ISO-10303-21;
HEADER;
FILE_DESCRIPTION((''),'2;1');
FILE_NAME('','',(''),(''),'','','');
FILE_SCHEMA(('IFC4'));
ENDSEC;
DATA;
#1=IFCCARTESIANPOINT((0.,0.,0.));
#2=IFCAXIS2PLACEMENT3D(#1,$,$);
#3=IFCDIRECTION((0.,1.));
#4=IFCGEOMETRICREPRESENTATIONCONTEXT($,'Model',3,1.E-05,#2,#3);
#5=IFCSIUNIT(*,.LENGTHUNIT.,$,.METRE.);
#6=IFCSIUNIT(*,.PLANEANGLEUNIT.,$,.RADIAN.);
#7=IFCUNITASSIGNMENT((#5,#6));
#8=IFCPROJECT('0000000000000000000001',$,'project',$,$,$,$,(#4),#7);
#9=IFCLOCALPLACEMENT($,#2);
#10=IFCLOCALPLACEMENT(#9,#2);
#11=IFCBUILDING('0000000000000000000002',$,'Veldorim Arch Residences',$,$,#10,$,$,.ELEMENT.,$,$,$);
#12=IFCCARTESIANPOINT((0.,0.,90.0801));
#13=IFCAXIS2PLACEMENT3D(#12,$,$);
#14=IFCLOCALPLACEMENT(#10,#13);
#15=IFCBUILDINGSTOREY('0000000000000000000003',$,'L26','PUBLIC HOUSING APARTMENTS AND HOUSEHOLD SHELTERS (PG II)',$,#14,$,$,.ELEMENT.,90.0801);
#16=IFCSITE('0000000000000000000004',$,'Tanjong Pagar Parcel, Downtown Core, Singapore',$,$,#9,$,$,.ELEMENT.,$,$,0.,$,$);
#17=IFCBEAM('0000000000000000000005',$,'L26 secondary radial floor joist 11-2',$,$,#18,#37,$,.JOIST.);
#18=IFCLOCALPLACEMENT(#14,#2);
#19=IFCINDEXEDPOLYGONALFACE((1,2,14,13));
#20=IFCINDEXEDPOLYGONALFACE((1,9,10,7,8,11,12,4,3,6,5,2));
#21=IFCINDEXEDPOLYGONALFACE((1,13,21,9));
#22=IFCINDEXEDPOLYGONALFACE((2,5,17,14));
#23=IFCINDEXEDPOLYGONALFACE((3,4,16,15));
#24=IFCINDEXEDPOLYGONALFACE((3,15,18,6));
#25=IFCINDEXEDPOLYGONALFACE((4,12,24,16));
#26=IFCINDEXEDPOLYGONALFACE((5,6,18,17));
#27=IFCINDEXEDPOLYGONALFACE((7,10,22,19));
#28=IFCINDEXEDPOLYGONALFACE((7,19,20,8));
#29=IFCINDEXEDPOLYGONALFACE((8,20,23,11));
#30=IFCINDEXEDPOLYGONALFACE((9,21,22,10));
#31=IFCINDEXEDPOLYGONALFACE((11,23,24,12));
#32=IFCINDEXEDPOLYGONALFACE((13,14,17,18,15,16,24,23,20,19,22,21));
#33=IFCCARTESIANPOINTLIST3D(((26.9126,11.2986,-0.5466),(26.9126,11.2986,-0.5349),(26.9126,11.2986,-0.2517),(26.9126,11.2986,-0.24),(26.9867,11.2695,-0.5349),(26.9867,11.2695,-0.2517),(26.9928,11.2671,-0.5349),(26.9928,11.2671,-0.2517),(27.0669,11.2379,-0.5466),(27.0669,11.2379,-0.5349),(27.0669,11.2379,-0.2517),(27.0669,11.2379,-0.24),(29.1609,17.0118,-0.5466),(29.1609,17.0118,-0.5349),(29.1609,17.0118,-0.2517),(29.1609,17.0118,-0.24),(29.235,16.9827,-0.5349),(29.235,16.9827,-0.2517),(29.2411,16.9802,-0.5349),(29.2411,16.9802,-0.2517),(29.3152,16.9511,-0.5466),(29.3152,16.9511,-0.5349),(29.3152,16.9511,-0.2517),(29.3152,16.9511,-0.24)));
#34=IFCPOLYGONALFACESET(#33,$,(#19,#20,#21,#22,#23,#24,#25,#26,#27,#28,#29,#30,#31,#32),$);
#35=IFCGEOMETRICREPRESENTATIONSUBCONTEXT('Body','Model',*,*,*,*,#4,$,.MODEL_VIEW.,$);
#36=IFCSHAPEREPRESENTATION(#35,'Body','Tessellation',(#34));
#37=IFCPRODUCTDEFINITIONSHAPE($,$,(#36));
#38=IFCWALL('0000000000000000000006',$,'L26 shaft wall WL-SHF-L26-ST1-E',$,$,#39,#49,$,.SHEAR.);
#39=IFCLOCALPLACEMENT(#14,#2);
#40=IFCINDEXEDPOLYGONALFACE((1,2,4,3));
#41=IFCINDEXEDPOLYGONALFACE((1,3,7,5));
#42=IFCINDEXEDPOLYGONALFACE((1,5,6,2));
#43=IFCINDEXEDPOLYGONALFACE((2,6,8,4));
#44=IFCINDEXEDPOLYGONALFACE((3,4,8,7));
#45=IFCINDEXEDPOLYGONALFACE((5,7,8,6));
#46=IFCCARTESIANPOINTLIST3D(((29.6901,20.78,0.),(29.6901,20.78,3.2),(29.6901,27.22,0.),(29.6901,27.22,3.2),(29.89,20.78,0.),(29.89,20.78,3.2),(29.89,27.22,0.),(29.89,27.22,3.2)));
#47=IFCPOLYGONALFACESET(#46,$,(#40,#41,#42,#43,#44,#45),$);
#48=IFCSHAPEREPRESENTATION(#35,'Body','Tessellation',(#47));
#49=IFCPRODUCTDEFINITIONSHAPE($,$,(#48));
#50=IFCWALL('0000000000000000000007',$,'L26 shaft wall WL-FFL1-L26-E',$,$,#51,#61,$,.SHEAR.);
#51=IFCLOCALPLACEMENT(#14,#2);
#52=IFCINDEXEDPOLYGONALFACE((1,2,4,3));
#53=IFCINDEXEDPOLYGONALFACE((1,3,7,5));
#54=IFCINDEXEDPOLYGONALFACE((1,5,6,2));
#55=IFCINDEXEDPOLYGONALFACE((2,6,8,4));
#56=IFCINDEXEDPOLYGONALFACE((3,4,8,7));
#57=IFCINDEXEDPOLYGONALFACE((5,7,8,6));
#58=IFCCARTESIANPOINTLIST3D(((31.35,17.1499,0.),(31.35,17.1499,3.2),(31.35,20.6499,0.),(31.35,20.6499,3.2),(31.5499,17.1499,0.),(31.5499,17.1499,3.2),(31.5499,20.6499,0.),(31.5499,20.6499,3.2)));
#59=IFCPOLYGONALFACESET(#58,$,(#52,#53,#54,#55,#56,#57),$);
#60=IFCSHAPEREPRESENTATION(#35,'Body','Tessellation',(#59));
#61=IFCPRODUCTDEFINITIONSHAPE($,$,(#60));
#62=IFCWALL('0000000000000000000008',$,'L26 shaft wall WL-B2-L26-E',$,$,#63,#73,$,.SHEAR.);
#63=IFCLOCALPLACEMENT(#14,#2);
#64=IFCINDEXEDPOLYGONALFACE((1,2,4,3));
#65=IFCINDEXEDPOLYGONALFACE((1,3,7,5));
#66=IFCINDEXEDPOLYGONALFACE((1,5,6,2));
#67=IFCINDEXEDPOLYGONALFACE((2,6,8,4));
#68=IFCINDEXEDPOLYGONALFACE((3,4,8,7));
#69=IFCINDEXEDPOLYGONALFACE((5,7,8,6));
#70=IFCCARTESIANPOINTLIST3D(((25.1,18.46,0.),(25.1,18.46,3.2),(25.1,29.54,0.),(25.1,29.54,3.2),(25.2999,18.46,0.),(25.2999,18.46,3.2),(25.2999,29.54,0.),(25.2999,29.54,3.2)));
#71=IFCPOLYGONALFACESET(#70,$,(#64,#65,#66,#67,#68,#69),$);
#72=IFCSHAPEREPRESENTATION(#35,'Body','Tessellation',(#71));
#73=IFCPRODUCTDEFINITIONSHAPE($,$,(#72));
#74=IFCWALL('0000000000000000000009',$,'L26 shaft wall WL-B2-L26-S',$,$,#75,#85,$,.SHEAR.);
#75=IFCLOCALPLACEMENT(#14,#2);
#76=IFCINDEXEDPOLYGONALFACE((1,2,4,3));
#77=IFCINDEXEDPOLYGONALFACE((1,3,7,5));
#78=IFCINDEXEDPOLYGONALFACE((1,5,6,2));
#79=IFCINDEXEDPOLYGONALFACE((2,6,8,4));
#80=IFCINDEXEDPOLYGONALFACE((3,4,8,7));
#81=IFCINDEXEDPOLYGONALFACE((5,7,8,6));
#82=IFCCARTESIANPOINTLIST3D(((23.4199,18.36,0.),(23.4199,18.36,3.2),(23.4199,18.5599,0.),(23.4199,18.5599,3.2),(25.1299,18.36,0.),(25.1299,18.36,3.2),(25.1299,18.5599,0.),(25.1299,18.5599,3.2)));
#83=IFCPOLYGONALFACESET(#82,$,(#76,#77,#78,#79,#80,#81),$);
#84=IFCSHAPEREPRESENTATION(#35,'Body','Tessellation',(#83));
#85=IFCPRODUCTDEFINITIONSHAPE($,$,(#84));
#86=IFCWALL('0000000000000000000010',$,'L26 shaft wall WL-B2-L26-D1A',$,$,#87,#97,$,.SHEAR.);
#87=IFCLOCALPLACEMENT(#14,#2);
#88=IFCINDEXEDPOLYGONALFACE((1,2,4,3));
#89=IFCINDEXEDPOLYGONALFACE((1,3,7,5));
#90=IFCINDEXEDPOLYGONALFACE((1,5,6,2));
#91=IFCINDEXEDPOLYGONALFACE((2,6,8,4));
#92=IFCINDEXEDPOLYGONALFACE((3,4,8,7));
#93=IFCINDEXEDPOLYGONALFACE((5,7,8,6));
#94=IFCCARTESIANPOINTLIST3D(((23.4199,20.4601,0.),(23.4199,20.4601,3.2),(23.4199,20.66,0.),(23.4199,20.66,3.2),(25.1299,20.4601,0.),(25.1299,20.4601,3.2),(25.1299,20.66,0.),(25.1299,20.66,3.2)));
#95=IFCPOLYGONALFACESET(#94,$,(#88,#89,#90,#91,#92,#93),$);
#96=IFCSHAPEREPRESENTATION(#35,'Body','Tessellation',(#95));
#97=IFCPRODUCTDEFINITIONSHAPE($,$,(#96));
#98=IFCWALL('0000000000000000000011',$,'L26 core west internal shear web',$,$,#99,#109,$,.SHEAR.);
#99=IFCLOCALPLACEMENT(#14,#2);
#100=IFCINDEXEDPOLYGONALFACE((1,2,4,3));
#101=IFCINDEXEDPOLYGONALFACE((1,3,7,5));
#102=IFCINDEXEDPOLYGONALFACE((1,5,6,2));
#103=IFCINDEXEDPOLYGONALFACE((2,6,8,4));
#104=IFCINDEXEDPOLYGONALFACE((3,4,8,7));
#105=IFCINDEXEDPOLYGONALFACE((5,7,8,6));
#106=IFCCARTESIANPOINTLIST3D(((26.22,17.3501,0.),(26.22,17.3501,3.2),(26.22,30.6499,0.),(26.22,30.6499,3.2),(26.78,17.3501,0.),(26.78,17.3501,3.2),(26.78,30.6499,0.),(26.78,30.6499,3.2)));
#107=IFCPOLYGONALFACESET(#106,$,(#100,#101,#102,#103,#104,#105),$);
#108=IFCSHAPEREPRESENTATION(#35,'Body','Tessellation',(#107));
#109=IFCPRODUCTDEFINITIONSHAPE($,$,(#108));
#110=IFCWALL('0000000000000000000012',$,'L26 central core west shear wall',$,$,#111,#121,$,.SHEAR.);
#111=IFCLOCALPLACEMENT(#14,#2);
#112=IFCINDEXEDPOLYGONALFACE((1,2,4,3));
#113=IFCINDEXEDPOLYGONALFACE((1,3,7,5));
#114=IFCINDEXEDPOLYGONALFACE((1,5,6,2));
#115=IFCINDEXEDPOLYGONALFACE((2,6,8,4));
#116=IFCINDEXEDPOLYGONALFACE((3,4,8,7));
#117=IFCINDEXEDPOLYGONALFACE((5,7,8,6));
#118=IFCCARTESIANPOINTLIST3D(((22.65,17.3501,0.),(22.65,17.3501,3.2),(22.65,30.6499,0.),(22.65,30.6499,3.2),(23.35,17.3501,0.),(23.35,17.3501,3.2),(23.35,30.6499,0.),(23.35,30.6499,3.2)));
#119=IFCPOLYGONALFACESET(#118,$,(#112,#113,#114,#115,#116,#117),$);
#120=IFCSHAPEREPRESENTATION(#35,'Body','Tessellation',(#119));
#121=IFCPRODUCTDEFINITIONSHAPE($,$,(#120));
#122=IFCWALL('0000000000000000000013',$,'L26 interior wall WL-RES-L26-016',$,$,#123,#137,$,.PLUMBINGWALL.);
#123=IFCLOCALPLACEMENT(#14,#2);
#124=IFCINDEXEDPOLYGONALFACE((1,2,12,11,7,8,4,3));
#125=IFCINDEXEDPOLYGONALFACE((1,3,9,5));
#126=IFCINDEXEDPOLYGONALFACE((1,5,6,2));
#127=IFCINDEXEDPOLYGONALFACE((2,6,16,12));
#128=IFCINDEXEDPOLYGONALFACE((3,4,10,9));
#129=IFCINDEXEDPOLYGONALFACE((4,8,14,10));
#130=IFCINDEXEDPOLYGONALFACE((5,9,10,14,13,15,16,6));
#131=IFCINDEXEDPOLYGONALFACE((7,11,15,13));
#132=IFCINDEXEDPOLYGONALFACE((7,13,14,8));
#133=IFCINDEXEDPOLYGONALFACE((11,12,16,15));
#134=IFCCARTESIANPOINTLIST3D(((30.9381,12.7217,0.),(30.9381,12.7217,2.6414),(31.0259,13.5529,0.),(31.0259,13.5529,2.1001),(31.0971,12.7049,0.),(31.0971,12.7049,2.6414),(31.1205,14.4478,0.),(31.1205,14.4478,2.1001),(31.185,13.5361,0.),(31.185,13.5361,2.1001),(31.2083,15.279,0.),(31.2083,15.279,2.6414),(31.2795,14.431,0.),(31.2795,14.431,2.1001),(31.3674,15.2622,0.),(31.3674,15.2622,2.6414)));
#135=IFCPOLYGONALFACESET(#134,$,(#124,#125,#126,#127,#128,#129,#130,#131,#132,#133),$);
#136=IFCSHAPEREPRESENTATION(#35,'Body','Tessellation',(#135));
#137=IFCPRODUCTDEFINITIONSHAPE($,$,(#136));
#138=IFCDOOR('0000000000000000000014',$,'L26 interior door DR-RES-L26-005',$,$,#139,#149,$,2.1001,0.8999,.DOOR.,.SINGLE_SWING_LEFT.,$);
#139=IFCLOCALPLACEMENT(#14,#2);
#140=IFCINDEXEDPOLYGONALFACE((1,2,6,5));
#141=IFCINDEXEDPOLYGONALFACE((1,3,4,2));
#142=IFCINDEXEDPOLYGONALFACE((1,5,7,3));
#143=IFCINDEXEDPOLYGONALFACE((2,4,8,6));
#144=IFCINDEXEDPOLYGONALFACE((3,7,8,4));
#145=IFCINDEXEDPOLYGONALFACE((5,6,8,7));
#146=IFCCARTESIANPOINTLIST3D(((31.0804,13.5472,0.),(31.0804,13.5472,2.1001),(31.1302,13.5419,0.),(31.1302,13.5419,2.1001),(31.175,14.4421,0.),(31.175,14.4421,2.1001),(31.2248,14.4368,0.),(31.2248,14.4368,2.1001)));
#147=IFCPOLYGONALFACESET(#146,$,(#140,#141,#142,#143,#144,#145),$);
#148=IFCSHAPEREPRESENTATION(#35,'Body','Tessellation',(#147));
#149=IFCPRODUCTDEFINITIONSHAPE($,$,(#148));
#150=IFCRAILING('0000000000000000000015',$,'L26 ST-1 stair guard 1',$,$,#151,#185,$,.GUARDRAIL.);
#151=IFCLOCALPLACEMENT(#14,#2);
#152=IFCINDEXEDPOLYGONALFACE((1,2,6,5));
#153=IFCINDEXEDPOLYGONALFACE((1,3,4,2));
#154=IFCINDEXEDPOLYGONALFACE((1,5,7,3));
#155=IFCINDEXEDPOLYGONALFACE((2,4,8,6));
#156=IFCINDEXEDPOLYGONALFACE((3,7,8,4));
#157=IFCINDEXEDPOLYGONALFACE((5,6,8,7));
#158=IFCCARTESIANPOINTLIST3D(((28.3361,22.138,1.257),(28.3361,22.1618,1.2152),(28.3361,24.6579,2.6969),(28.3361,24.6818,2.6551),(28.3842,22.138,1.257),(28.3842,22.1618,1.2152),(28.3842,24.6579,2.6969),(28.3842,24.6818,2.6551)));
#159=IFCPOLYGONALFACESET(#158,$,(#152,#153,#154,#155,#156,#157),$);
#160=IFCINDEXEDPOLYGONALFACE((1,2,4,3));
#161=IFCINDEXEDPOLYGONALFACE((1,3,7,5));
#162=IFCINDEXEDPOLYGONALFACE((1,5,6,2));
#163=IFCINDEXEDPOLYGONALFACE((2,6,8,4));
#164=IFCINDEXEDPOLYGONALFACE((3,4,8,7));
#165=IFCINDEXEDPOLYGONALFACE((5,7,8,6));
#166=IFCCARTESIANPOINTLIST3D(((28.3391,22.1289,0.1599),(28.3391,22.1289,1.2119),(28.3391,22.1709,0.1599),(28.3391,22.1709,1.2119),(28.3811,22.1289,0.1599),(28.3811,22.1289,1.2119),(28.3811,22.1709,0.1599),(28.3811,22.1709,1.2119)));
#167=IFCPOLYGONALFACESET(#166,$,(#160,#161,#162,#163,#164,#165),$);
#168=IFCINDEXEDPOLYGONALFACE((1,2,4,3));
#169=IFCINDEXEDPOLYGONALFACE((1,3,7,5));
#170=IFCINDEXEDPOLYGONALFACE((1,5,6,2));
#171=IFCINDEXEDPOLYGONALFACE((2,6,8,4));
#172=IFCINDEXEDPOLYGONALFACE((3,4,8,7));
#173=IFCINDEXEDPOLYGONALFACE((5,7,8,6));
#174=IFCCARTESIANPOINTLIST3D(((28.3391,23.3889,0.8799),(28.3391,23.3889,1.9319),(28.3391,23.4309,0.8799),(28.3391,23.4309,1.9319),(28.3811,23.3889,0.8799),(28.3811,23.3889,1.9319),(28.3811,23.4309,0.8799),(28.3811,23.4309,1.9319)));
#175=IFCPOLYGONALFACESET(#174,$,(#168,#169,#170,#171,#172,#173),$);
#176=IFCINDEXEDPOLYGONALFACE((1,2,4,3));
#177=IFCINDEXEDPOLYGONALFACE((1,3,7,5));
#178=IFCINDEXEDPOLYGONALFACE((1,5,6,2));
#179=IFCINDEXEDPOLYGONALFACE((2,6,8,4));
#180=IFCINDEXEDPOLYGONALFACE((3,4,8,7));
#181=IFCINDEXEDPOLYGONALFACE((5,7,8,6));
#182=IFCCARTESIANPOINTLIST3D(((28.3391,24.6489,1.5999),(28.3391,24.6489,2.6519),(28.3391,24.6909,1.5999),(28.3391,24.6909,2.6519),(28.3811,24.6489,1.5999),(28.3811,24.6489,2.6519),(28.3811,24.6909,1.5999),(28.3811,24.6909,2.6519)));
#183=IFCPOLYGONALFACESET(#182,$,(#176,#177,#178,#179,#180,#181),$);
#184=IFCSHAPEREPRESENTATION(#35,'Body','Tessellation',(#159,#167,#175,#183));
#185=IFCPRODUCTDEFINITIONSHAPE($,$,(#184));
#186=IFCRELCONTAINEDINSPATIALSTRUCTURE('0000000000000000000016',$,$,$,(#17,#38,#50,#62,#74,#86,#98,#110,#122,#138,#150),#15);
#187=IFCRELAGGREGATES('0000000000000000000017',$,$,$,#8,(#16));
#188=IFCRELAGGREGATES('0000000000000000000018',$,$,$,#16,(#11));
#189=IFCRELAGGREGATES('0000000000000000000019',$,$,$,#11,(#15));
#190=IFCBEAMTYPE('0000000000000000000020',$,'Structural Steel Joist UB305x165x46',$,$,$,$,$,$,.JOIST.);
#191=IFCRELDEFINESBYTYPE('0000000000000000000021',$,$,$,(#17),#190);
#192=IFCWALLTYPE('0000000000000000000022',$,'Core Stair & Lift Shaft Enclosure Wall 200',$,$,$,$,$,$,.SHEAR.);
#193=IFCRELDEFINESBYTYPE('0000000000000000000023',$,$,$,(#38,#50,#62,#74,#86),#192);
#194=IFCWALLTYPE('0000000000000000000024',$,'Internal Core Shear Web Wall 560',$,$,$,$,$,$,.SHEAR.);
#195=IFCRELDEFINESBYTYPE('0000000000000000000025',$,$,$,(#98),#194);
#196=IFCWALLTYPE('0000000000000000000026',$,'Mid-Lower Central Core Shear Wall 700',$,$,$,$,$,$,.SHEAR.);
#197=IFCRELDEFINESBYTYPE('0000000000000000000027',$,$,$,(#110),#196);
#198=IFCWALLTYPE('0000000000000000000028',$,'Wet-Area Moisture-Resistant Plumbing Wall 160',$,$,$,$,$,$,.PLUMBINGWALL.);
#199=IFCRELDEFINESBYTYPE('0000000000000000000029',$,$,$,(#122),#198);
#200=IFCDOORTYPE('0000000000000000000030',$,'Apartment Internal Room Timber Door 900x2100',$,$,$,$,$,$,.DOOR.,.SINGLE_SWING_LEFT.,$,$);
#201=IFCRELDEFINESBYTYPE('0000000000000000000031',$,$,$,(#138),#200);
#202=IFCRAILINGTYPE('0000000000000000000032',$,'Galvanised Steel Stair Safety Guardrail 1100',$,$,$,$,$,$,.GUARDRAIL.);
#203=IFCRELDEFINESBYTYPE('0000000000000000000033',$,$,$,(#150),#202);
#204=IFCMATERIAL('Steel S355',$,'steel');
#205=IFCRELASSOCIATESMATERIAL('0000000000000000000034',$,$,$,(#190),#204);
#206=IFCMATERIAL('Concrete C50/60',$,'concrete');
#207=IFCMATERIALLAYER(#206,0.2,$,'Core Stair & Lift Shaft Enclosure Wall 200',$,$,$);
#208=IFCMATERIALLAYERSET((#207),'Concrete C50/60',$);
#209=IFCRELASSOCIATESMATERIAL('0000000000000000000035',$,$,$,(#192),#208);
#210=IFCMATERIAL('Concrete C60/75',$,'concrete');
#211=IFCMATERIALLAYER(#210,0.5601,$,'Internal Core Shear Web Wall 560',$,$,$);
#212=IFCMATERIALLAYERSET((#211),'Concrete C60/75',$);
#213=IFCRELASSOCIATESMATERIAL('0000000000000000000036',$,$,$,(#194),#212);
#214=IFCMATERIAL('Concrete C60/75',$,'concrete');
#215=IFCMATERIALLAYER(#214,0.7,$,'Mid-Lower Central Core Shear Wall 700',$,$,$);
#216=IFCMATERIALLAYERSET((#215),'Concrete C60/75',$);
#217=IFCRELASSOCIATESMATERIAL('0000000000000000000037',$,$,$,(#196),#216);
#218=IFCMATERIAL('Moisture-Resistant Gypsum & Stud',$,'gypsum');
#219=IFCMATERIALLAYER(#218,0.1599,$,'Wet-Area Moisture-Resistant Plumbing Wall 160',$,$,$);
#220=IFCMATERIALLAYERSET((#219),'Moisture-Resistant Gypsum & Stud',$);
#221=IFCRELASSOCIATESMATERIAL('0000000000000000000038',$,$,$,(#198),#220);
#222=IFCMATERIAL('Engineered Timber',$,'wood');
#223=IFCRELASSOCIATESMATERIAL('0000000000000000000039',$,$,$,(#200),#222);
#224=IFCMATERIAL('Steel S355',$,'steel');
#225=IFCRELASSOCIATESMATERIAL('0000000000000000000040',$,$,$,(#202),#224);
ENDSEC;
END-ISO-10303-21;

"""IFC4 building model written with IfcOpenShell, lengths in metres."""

from ifc_helpers import new_model, si_unit, direction, frame, frame_2d, origin, origin_2d, place, context, subcontext, project, spatial, rectangle, i_section, extrude, material, layer, layer_set, material_profile, profile_set, type_object, element, fill, save


model = new_model("IFC4")

# Units and contexts
model_context = context("Model", 3, precision=1e-05, world=origin(), true_north=direction((0.0, 1.0)))
body_context = subcontext(model_context, "Body", "Model", "MODEL_VIEW")
ifc_project = project(units=[si_unit("LENGTHUNIT", "METRE"), si_unit("PLANEANGLEUNIT", "RADIAN")], contexts=[model_context])

# Site, building, storey
site_placement = place(None, origin())
site = spatial("IfcSite", under=ifc_project, at=site_placement, Name="Tanjong Pagar Parcel, Downtown Core, Singapore", CompositionType="ELEMENT", RefElevation=0.0)
building_placement = place(site_placement, origin())
building = spatial("IfcBuilding", under=site, at=building_placement, Name="Veldorim Arch Residences", CompositionType="ELEMENT")
storey_placement = place(building_placement, frame((0.0, 0.0, 90.0801)))
storey = spatial("IfcBuildingStorey", under=building, at=storey_placement, Name="L26", Description="PUBLIC HOUSING APARTMENTS AND HOUSEHOLD SHELTERS (PG II)", CompositionType="ELEMENT", Elevation=90.0801)

# Beam
ifc_material_1 = material(Name="Steel S355", Category="steel")
ifc_material_profile_1 = material_profile(ifc_material_1, i_section(OverallWidth=0.1658, OverallDepth=0.3066, WebThickness=0.0066, FlangeThickness=0.0117, at=origin_2d()), Name="UB305x165x46")
ifc_profile_set_1 = profile_set([ifc_material_profile_1], Name="Steel S355")
beam_type_1 = type_object("IfcBeamType", Name="Structural Steel Joist UB305x165x46", PredefinedType="JOIST", material=ifc_profile_set_1)
beam_1_placement = place(storey_placement, frame((29.238, 16.9814, -0.3933), z_axis=(-0.366195, -0.930538, 0.0), x_axis=(0.930538, -0.366195, 0.0)))
element("IfcBeam", 1, at=beam_1_placement, inside=storey, type_object=beam_type_1, Name="L26 secondary radial floor joist 11-2", PredefinedType="JOIST", context=body_context, shape_type="SweptSolid", body=[
    extrude(i_section(OverallWidth=0.1658, OverallDepth=0.3066, WebThickness=0.0066, FlangeThickness=0.0117, at=origin_2d()), origin(), (0.0, 0.0, 1.0), 6.1396),
])

# Wall
ifc_material_2 = material(Name="Concrete C50/60", Category="concrete")
ifc_layer_1 = layer(ifc_material_2, 0.2, Name="Core Stair & Lift Shaft Enclosure Wall 200")
ifc_layer_set_1 = layer_set([ifc_layer_1], Name="Concrete C50/60")
wall_type_1 = type_object("IfcWallType", Name="Core Stair & Lift Shaft Enclosure Wall 200", PredefinedType="SHEAR", material=ifc_layer_set_1)
wall_1_placement = place(storey_placement, frame((29.79, 20.78, 0.0), z_axis=(0.0, 0.0, 1.0), x_axis=(0.0, 1.0, 0.0)))
element("IfcWall", 2, at=wall_1_placement, inside=storey, type_object=wall_type_1, Name="L26 shaft wall WL-SHF-L26-ST1-E", PredefinedType="SHEAR", context=body_context, shape_type="SweptSolid", body=[
    extrude(rectangle(XDim=6.4399, YDim=0.2, at=frame_2d((3.22, 0.0))), origin(), (0.0, 0.0, 1.0), 3.2),
])

# Wall
wall_2_placement = place(storey_placement, frame((31.45, 17.1499, 0.0), z_axis=(0.0, 0.0, 1.0), x_axis=(0.0, 1.0, 0.0)))
element("IfcWall", 3, at=wall_2_placement, inside=storey, type_object=wall_type_1, Name="L26 shaft wall WL-FFL1-L26-E", PredefinedType="SHEAR", context=body_context, shape_type="SweptSolid", body=[
    extrude(rectangle(XDim=3.5, YDim=0.2, at=frame_2d((1.75, 0.0))), origin(), (0.0, 0.0, 1.0), 3.2),
])

# Walls
wall_3_placement = place(storey_placement, frame((25.2, 18.46, 0.0), z_axis=(0.0, 0.0, 1.0), x_axis=(0.0, 1.0, 0.0)))
element("IfcWall", 4, at=wall_3_placement, inside=storey, type_object=wall_type_1, Name="L26 shaft wall WL-B2-L26-E", PredefinedType="SHEAR", context=body_context, shape_type="SweptSolid", body=[
    extrude(rectangle(XDim=11.0801, YDim=0.2, at=frame_2d((5.54, 0.0))), origin(), (0.0, 0.0, 1.0), 3.2),
])
for number, where, z_axis, x_axis, name in (
    (5, (23.4199, 18.46, 0.0), (0.0, 0.0, 1.0), (1.0, 0.0, 0.0), "L26 shaft wall WL-B2-L26-S"),
    (6, (23.4199, 20.5601, 0.0), (0.0, 0.0, 1.0), (1.0, 0.0, 0.0), "L26 shaft wall WL-B2-L26-D1A"),
):
    element("IfcWall", number, at=place(storey_placement, frame(where, z_axis=z_axis, x_axis=x_axis)), inside=storey, type_object=wall_type_1, Name=name, PredefinedType="SHEAR", context=body_context, shape_type="SweptSolid", body=[
        extrude(rectangle(XDim=1.71, YDim=0.2, at=frame_2d((0.855, 0.0))), origin(), (0.0, 0.0, 1.0), 3.2),
    ])
ifc_material_3 = material(Name="Concrete C60/75", Category="concrete")
ifc_layer_2 = layer(ifc_material_3, 0.5601, Name="Internal Core Shear Web Wall 560")
ifc_layer_set_2 = layer_set([ifc_layer_2], Name="Concrete C60/75")
wall_type_2 = type_object("IfcWallType", Name="Internal Core Shear Web Wall 560", PredefinedType="SHEAR", material=ifc_layer_set_2)
wall_4_placement = place(storey_placement, frame((26.5, 17.3501, 0.0), z_axis=(0.0, 0.0, 1.0), x_axis=(0.0, 1.0, 0.0)))
element("IfcWall", 7, at=wall_4_placement, inside=storey, type_object=wall_type_2, Name="L26 core west internal shear web", PredefinedType="SHEAR", context=body_context, shape_type="SweptSolid", body=[
    extrude(rectangle(XDim=13.2998, YDim=0.5601, at=frame_2d((6.6499, 0.0))), origin(), (0.0, 0.0, 1.0), 3.2),
])

# Shared definitions
ifc_material_4 = material(Name="Concrete C60/75", Category="concrete")
ifc_layer_3 = layer(ifc_material_4, 0.7, Name="Mid-Lower Central Core Shear Wall 700")
ifc_layer_set_3 = layer_set([ifc_layer_3], Name="Concrete C60/75")
wall_type_3 = type_object("IfcWallType", Name="Mid-Lower Central Core Shear Wall 700", PredefinedType="SHEAR", material=ifc_layer_set_3)

# Wall
wall_5_placement = place(storey_placement, frame((23.0, 17.3501, 0.0), z_axis=(0.0, 0.0, 1.0), x_axis=(0.0, 1.0, 0.0)))
element("IfcWall", 8, at=wall_5_placement, inside=storey, type_object=wall_type_3, Name="L26 central core west shear wall", PredefinedType="SHEAR", context=body_context, shape_type="SweptSolid", body=[
    extrude(rectangle(XDim=13.2998, YDim=0.7, at=frame_2d((6.6499, 0.0))), origin(), (0.0, 0.0, 1.0), 3.2),
])

# Wall, opening, door
ifc_material_5 = material(Name="Moisture-Resistant Gypsum & Stud", Category="gypsum")
ifc_layer_4 = layer(ifc_material_5, 0.1599, Name="Wet-Area Moisture-Resistant Plumbing Wall 160")
ifc_layer_set_4 = layer_set([ifc_layer_4], Name="Moisture-Resistant Gypsum & Stud")
wall_type_4 = type_object("IfcWallType", Name="Wet-Area Moisture-Resistant Plumbing Wall 160", PredefinedType="PLUMBINGWALL", material=ifc_layer_set_4)
wall_6_placement = place(storey_placement, frame((31.2878, 15.2705, 0.0), z_axis=(0.0, 0.0, 1.0), x_axis=(-0.105095, -0.994462, 0.0)))
wall_6 = element("IfcWall", 9, at=wall_6_placement, inside=storey, type_object=wall_type_4, Name="L26 interior wall WL-RES-L26-016", PredefinedType="PLUMBINGWALL", context=body_context, shape_type="SweptSolid", body=[
    extrude(rectangle(XDim=2.5715, YDim=0.1599, at=frame_2d((1.2856, 0.0))), origin(), (0.0, 0.0, 1.0), 2.6414),
])
opening_1_placement = place(wall_6_placement, frame((0.8357, 0.0, 0.0)))
opening_1 = element("IfcOpeningElement", 10, at=opening_1_placement, cuts=wall_6, PredefinedType="OPENING", context=body_context, shape_type="SweptSolid", body=[
    extrude(rectangle(XDim=0.8999, YDim=2.1001, at=frame_2d((0.45, 1.05))), frame((0.0, 0.0898, 0.0), z_axis=(0.0, -1.0, 0.0), x_axis=(1.0, 0.0, 0.0)), (0.0, 0.0, 1.0), 0.1799),
])
ifc_material_6 = material(Name="Engineered Timber", Category="wood")
door_type_1 = type_object("IfcDoorType", Name="Apartment Internal Room Timber Door 900x2100", OperationType="SINGLE_SWING_LEFT", PredefinedType="DOOR", material=ifc_material_6)
door_1_placement = place(opening_1_placement, origin())
door_1 = element("IfcDoor", 11, at=door_1_placement, inside=storey, type_object=door_type_1, Name="L26 interior door DR-RES-L26-005", OperationType="SINGLE_SWING_LEFT", OverallHeight=2.1001, OverallWidth=0.8999, PredefinedType="DOOR", context=body_context, shape_type="SweptSolid", body=[
    extrude(rectangle(XDim=0.8999, YDim=2.1001, at=frame_2d((0.45, 1.05))), frame((0.0, 0.0249, 0.0), z_axis=(0.0, -1.0, 0.0), x_axis=(1.0, 0.0, 0.0)), (0.0, 0.0, 1.0), 0.05),
])
fill(opening_1, door_1)

# Railing
ifc_material_7 = material(Name="Steel S355", Category="steel")
railing_type = type_object("IfcRailingType", Name="Galvanised Steel Stair Safety Guardrail 1100", PredefinedType="GUARDRAIL", material=ifc_material_7)
railing_1_placement = place(storey_placement, frame((28.3601, 22.1499, 0.1599)))
element("IfcRailing", 12, at=railing_1_placement, inside=storey, type_object=railing_type, Name="L26 ST-1 stair guard 1", PredefinedType="GUARDRAIL", context=body_context, shape_type="SweptSolid", body=[
    extrude(rectangle(XDim=0.0481, YDim=0.0481, at=origin_2d()), frame((0.0, 0.0, 1.0762), z_axis=(0.0, 0.868253, 0.496121), x_axis=(-1.0, 0.0, 0.0)), (0.0, 0.0, 1.0), 2.9023),
    extrude(rectangle(XDim=0.042, YDim=0.042, at=origin_2d()), origin(), (0.0, 0.0, 1.0), 1.052),
    extrude(rectangle(XDim=0.042, YDim=0.042, at=origin_2d()), frame((0.0, 1.26, 0.72)), (0.0, 0.0, 1.0), 1.052),
    extrude(rectangle(XDim=0.042, YDim=0.042, at=origin_2d()), frame((0.0, 2.52, 1.4399)), (0.0, 0.0, 1.0), 1.052),
])

save(model, "model.ifc")
